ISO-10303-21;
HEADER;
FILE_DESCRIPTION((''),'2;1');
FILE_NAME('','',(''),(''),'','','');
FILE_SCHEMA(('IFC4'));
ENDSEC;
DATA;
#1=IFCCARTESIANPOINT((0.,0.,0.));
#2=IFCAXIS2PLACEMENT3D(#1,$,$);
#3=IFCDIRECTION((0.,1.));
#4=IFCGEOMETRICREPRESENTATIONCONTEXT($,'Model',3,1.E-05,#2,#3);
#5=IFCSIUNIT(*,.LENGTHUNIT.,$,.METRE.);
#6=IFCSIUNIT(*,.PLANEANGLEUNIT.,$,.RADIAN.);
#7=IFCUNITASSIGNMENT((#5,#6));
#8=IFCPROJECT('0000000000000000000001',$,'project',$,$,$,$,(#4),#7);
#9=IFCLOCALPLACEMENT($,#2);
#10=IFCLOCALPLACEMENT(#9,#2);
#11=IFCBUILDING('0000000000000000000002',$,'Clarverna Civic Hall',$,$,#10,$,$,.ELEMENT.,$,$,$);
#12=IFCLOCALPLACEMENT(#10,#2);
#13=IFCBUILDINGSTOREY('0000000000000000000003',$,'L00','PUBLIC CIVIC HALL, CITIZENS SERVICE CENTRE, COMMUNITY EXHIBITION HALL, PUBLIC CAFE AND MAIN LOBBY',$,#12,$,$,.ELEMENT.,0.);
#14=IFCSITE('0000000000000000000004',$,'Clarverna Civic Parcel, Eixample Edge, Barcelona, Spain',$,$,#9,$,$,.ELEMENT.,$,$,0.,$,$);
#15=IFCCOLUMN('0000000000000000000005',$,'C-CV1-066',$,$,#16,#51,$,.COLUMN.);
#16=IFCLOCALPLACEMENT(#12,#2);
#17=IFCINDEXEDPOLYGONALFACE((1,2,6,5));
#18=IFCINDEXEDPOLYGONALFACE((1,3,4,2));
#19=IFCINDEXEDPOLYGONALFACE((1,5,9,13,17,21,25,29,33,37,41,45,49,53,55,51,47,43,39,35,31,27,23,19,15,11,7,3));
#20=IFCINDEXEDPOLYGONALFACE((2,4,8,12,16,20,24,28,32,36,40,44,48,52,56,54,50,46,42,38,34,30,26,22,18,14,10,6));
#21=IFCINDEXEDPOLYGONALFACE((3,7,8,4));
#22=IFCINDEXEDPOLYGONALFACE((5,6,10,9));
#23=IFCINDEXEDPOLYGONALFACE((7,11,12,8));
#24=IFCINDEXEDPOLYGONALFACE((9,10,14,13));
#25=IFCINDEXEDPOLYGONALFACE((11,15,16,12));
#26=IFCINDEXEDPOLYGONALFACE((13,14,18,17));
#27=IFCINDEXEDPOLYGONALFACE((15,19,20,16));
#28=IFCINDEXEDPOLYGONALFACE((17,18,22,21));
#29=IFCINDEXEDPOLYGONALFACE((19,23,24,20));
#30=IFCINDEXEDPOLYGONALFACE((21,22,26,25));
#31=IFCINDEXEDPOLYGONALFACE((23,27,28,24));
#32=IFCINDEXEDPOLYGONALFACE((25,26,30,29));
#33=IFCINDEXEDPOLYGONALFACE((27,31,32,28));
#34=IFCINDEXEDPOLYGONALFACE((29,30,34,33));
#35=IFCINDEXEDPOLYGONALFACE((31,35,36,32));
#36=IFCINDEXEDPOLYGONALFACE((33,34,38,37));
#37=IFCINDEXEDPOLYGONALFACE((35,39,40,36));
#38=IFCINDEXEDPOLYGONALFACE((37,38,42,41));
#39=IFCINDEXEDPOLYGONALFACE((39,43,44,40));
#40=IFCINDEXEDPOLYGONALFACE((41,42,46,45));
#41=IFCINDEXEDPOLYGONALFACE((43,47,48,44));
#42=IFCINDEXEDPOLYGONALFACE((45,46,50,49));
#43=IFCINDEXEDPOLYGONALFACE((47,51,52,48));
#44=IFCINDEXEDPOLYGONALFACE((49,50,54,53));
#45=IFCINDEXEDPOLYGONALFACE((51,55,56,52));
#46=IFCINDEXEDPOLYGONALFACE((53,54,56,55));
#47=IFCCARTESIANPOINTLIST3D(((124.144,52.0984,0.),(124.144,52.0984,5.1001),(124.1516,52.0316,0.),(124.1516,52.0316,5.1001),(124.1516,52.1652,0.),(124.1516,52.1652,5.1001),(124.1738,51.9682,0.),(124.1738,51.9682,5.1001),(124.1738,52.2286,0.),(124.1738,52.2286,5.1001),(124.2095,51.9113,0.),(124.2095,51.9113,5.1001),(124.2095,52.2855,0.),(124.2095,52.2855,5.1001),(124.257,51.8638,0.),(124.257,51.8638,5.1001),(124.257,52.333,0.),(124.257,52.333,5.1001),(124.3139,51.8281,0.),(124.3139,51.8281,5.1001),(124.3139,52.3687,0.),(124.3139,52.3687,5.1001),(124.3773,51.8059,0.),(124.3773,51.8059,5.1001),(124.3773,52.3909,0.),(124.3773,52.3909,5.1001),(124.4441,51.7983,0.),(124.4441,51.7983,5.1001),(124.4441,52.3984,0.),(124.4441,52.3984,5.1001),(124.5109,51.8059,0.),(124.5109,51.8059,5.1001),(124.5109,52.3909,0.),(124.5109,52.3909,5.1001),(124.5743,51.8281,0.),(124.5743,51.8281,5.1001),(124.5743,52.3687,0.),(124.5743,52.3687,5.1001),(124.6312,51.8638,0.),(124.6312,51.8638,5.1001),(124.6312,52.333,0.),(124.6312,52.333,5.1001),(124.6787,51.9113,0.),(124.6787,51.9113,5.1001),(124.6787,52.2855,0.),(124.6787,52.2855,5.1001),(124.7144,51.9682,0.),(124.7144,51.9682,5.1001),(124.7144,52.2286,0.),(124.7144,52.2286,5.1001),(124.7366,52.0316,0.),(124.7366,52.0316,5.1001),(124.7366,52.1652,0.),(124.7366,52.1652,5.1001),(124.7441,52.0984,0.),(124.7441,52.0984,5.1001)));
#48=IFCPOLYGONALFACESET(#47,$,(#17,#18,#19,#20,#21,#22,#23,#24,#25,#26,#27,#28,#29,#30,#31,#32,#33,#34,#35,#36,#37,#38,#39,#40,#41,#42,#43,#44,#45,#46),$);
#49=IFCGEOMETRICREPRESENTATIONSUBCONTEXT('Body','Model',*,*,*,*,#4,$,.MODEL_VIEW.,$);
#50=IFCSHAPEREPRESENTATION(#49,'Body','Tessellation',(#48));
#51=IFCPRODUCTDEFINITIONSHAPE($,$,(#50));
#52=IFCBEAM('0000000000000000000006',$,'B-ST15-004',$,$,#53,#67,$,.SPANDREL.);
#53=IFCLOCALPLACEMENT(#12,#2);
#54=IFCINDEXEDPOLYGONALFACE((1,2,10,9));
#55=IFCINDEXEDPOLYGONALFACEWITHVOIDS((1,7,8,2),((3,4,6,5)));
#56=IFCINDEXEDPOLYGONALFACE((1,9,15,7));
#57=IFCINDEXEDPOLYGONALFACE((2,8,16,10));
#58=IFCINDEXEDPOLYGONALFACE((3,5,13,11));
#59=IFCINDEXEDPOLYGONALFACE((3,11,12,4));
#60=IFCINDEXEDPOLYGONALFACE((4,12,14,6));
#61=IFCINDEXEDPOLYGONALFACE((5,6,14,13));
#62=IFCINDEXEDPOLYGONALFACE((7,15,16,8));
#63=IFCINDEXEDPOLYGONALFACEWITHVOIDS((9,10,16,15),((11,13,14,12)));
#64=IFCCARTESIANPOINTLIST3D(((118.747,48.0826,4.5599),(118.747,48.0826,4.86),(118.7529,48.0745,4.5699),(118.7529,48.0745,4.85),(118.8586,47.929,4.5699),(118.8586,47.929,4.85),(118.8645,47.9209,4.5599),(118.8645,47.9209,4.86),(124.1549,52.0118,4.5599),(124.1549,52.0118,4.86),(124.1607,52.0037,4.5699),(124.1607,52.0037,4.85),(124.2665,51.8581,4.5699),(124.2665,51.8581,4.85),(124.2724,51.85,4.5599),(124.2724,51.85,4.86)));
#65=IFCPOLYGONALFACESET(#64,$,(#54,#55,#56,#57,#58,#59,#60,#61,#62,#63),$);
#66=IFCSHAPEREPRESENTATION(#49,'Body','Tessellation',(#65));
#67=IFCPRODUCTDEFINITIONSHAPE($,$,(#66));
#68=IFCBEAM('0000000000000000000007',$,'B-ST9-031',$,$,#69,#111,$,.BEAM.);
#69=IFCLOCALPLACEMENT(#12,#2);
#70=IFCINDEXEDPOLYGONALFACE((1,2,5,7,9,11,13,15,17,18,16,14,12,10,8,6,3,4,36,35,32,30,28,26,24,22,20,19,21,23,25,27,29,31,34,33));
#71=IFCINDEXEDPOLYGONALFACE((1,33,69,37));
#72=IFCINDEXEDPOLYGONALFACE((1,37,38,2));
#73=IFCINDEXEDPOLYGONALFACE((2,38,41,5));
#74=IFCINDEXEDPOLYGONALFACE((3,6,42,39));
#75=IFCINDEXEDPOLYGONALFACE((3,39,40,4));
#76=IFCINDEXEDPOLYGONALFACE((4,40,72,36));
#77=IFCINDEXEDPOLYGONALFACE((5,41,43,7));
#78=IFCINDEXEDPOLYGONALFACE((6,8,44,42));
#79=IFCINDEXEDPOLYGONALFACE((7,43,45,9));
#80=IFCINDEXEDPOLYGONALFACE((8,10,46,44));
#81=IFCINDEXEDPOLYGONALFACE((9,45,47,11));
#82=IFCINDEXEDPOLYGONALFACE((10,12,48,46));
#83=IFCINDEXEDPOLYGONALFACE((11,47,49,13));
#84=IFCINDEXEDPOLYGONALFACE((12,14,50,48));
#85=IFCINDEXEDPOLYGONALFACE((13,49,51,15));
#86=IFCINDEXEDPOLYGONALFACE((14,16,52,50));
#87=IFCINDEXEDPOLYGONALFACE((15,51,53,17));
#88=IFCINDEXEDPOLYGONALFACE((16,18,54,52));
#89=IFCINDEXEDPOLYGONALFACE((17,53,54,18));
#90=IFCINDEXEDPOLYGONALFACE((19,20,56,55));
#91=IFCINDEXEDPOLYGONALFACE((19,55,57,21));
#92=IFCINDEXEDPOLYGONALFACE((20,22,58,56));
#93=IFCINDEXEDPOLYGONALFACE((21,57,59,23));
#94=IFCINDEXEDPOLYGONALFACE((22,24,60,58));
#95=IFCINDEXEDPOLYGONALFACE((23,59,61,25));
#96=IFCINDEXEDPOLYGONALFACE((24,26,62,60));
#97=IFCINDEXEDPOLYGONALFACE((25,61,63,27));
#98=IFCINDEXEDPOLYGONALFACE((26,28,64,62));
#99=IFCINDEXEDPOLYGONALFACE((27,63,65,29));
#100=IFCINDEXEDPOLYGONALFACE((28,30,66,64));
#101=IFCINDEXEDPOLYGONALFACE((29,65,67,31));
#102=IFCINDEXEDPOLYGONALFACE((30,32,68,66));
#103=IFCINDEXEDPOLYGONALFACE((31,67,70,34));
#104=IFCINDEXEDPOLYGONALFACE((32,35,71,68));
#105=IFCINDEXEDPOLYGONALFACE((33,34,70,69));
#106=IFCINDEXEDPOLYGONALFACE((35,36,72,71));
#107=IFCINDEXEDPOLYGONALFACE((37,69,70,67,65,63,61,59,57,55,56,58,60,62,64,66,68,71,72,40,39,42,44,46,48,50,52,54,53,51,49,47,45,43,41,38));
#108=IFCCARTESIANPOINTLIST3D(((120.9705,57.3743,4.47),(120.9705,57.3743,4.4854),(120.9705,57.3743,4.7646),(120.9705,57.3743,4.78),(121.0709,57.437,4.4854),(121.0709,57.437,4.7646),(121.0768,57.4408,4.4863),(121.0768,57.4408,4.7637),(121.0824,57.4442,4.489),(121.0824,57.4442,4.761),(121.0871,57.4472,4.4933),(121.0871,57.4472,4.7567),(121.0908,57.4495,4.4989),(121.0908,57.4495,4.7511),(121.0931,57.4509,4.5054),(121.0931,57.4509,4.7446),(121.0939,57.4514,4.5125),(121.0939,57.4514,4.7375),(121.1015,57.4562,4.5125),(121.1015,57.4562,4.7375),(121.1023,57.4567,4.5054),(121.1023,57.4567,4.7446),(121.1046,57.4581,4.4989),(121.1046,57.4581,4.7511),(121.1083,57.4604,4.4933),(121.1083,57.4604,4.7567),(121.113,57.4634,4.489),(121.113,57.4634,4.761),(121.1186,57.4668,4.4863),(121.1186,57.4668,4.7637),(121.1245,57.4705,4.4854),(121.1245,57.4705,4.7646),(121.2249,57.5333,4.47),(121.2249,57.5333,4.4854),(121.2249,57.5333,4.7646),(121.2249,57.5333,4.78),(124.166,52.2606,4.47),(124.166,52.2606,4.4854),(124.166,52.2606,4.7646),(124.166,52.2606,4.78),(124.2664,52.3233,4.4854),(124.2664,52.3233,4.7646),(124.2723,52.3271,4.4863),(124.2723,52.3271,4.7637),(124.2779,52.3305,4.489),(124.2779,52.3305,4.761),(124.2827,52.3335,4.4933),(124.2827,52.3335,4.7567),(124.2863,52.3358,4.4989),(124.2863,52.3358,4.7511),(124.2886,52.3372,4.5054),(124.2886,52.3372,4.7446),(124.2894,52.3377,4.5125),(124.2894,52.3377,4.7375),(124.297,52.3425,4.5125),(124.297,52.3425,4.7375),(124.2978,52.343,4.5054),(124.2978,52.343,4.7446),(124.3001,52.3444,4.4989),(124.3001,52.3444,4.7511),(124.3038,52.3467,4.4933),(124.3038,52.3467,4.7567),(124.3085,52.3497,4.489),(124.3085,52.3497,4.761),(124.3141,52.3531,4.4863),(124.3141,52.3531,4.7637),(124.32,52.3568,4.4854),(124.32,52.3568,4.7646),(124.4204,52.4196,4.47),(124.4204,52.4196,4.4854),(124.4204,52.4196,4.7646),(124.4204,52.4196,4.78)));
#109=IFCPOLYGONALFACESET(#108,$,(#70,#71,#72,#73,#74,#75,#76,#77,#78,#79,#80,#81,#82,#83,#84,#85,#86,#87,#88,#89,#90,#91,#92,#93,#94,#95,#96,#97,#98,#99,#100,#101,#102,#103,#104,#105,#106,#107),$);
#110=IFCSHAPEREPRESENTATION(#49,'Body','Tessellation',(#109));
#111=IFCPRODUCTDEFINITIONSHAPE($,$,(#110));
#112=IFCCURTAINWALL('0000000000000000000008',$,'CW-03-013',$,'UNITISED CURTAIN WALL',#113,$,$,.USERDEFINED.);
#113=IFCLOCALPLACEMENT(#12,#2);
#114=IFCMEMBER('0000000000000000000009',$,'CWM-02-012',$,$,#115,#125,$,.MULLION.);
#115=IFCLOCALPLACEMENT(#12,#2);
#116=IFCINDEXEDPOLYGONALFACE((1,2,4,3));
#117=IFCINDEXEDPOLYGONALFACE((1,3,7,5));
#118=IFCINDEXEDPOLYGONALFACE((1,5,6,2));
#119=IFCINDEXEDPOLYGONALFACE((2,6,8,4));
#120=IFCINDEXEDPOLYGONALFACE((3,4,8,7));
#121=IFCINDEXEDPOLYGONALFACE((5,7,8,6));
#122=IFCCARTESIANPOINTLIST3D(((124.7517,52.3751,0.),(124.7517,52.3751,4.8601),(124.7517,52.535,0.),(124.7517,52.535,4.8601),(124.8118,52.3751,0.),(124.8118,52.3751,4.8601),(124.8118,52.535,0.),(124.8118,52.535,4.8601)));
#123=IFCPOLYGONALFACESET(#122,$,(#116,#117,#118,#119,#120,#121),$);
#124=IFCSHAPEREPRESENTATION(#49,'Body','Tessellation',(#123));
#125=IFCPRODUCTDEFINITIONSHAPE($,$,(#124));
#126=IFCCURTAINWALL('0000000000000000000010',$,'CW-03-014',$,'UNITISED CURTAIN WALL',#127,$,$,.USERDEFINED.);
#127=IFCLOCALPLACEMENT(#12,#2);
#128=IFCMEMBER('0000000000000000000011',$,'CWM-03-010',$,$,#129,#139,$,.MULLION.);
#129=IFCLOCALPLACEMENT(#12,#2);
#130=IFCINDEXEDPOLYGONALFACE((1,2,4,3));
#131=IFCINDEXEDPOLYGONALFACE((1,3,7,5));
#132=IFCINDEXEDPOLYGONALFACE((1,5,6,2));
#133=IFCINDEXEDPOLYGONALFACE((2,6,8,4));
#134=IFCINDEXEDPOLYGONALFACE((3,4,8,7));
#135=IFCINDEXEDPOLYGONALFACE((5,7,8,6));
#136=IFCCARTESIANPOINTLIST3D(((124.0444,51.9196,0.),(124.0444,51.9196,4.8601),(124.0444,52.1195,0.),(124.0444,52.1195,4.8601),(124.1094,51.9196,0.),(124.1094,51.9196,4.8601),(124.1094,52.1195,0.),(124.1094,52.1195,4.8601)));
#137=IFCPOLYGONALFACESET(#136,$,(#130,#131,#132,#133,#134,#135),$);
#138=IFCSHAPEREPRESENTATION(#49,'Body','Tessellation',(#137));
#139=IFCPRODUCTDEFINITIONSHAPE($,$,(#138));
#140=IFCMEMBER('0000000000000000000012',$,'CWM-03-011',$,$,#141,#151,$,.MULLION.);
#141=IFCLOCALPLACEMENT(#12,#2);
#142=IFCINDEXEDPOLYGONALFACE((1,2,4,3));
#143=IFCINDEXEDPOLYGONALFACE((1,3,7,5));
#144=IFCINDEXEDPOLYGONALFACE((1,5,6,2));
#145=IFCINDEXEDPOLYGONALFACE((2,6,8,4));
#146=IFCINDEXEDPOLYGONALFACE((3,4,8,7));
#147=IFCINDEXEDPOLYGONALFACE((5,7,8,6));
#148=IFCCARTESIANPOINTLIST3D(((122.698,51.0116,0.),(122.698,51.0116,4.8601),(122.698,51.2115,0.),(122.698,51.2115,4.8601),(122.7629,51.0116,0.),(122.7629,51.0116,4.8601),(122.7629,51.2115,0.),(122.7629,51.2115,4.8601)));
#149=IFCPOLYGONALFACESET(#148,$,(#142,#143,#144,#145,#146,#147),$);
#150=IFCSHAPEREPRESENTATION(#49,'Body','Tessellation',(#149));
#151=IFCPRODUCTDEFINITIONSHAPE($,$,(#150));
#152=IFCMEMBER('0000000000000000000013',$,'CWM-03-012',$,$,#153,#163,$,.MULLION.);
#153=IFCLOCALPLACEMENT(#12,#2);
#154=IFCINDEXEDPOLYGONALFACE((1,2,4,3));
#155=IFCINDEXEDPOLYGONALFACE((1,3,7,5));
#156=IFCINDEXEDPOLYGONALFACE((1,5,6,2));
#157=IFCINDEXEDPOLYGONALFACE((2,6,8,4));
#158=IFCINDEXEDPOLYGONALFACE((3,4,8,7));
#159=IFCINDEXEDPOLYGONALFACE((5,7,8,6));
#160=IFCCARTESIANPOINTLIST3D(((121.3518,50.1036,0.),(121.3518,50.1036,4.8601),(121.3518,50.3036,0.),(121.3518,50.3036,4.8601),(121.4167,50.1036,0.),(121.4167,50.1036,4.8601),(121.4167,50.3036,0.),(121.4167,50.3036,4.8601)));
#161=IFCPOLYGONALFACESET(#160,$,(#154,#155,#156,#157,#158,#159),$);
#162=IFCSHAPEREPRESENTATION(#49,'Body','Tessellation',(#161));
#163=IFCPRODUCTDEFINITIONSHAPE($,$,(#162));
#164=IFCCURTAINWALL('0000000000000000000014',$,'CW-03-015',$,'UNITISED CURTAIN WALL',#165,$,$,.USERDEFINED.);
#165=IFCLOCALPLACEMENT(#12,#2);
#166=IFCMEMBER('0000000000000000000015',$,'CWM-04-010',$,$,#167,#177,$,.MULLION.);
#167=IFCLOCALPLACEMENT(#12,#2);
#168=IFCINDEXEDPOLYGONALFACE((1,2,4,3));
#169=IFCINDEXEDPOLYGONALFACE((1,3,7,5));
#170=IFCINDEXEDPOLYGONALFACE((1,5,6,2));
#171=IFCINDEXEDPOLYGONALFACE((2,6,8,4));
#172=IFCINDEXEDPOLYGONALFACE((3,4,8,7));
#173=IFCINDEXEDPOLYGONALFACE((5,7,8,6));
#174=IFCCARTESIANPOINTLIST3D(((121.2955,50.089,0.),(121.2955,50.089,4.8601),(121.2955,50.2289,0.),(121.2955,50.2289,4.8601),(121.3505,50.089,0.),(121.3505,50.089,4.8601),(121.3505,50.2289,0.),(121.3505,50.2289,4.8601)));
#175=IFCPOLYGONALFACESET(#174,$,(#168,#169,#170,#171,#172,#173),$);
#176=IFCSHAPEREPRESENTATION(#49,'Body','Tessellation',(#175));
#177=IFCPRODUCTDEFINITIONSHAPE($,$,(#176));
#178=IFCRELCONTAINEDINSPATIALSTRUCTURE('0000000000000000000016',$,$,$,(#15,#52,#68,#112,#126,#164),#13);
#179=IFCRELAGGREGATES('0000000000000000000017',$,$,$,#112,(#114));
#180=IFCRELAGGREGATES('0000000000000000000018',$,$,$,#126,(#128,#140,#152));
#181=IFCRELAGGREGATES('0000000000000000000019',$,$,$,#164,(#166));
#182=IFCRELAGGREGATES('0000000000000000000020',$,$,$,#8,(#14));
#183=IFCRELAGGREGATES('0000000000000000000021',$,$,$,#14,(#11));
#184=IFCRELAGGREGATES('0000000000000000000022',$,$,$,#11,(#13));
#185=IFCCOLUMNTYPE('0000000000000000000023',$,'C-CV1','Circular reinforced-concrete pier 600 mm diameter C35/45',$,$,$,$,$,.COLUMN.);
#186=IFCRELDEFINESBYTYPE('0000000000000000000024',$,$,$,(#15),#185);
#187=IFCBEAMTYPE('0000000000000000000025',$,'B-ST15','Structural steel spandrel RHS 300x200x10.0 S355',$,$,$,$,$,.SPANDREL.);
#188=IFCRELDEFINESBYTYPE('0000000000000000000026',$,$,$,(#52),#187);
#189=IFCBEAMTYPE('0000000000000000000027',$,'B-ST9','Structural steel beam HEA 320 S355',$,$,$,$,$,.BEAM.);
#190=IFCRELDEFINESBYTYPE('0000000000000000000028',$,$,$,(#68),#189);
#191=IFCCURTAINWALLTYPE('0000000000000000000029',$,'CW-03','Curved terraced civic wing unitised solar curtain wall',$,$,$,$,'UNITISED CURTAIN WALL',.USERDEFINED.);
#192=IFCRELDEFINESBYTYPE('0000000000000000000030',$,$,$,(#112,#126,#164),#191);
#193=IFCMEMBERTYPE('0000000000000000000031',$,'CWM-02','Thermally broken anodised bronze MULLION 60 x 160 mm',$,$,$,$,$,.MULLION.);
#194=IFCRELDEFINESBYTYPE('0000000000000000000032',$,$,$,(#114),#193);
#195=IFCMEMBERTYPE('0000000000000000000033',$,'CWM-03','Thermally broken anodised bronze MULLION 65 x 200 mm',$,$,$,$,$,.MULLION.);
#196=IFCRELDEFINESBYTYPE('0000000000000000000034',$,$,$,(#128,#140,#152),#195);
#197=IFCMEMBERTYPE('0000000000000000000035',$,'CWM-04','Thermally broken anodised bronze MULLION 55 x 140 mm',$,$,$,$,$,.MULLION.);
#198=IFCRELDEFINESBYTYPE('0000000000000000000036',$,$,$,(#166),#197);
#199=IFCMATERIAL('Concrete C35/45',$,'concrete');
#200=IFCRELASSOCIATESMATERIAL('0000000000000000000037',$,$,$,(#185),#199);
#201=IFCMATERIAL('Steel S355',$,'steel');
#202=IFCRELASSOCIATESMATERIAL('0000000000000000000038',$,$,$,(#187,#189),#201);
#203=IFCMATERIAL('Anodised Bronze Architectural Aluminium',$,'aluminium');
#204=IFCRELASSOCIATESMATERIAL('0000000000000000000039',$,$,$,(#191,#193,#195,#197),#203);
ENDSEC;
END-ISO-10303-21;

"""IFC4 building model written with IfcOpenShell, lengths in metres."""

from ifc_helpers import new_model, si_unit, direction, frame, origin, origin_2d, place, context, subcontext, project, spatial, rectangle, hollow_rectangle, circle, i_section, extrude, material, material_profile, profile_set, type_object, element, aggregate, save


model = new_model("IFC4")

# Units and contexts
model_context = context("Model", 3, precision=1e-05, world=origin(), true_north=direction((0.0, 1.0)))
body_context = subcontext(model_context, "Body", "Model", "MODEL_VIEW")
ifc_project = project(units=[si_unit("LENGTHUNIT", "METRE"), si_unit("PLANEANGLEUNIT", "RADIAN")], contexts=[model_context])

# Site, building, storey
site_placement = place(None, origin())
site = spatial("IfcSite", under=ifc_project, at=site_placement, Name="Clarverna Civic Parcel, Eixample Edge, Barcelona, Spain", CompositionType="ELEMENT", RefElevation=0.0)
building_placement = place(site_placement, origin())
building = spatial("IfcBuilding", under=site, at=building_placement, Name="Clarverna Civic Hall", CompositionType="ELEMENT")
storey_placement = place(building_placement, origin())
storey = spatial("IfcBuildingStorey", under=building, at=storey_placement, Name="L00", Description="PUBLIC CIVIC HALL, CITIZENS SERVICE CENTRE, COMMUNITY EXHIBITION HALL, PUBLIC CAFE AND MAIN LOBBY", CompositionType="ELEMENT", Elevation=0.0)

# Column
ifc_material_1 = material(Name="Concrete C35/45", Category="concrete")
ifc_material_profile_1 = material_profile(ifc_material_1, circle(Radius=0.3, at=origin_2d()), Name="RC D600")
ifc_profile_set_1 = profile_set([ifc_material_profile_1], Name="Concrete C35/45")
column_type = type_object("IfcColumnType", Name="C-CV1", Description="Circular reinforced-concrete pier 600 mm diameter C35/45", PredefinedType="COLUMN", material=ifc_profile_set_1)
column_placement = place(storey_placement, frame((124.4441, 52.0984, 0.0), z_axis=(0.0, 0.0, 1.0), x_axis=(1.0, 0.0, 0.0)))
element("IfcColumn", 1, at=column_placement, inside=storey, type_object=column_type, Name="C-CV1-066", PredefinedType="COLUMN", context=body_context, shape_type="SweptSolid", body=[
    extrude(circle(Radius=0.3, at=origin_2d()), origin(), (0.0, 0.0, 1.0), 5.1001),
])

# Beams
ifc_material_2 = material(Name="Steel S355", Category="steel")
ifc_material_profile_2 = material_profile(ifc_material_2, hollow_rectangle(XDim=0.2, YDim=0.3, WallThickness=0.01, at=origin_2d()), Name="RHS 300x200x10.0")
ifc_profile_set_2 = profile_set([ifc_material_profile_2], Name="Steel S355")
beam_type_1 = type_object("IfcBeamType", Name="B-ST15", Description="Structural steel spandrel RHS 300x200x10.0 S355", PredefinedType="SPANDREL", material=ifc_profile_set_2)
beam_1_placement = place(storey_placement, frame((124.2136, 51.9309, 4.71), z_axis=(-0.809011, -0.587794, 0.0), x_axis=(0.587794, -0.809011, 0.0)))
element("IfcBeam", 2, at=beam_1_placement, inside=storey, type_object=beam_type_1, Name="B-ST15-004", PredefinedType="SPANDREL", context=body_context, shape_type="SweptSolid", body=[
    extrude(hollow_rectangle(XDim=0.2, YDim=0.3, WallThickness=0.01, at=origin_2d()), origin(), (0.0, 0.0, 1.0), 6.6846),
])
ifc_material_profile_3 = material_profile(ifc_material_2, i_section(OverallWidth=0.3, OverallDepth=0.3101, WebThickness=0.009, FlangeThickness=0.0154, FilletRadius=0.0271, at=origin_2d()), Name="HEA 320")
ifc_profile_set_3 = profile_set([ifc_material_profile_3], Name="Steel S355")
beam_type_2 = type_object("IfcBeamType", Name="B-ST9", Description="Structural steel beam HEA 320 S355", PredefinedType="BEAM", material=ifc_profile_set_3)
beam_2_placement = place(storey_placement, frame((124.2932, 52.3401, 4.625), z_axis=(-0.529933, 0.848039, 0.0), x_axis=(-0.848039, -0.529933, 0.0)))
element("IfcBeam", 3, at=beam_2_placement, inside=storey, type_object=beam_type_2, Name="B-ST9-031", PredefinedType="BEAM", context=body_context, shape_type="SweptSolid", body=[
    extrude(i_section(OverallWidth=0.3, OverallDepth=0.3101, WebThickness=0.009, FlangeThickness=0.0154, FilletRadius=0.0271, at=origin_2d()), origin(), (0.0, 0.0, 1.0), 6.03),
])

# Curtain wall, member
ifc_material_3 = material(Name="Anodised Bronze Architectural Aluminium", Category="aluminium")
curtain_wall_type = type_object("IfcCurtainWallType", Name="CW-03", Description="Curved terraced civic wing unitised solar curtain wall", ElementType="UNITISED CURTAIN WALL", PredefinedType="USERDEFINED", material=ifc_material_3)
curtain_wall_1_placement = place(storey_placement, origin())
curtain_wall_1 = element("IfcCurtainWall", 4, at=curtain_wall_1_placement, inside=storey, type_object=curtain_wall_type, Name="CW-03-013", ObjectType="UNITISED CURTAIN WALL", PredefinedType="USERDEFINED")
ifc_material_profile_4 = material_profile(ifc_material_3, rectangle(XDim=0.0601, YDim=0.1599, at=origin_2d()), Name="BRONZE 60x160")
ifc_profile_set_4 = profile_set([ifc_material_profile_4], Name="Anodised Bronze Architectural Aluminium")
member_type_1 = type_object("IfcMemberType", Name="CWM-02", Description="Thermally broken anodised bronze MULLION 60 x 160 mm", PredefinedType="MULLION", material=ifc_profile_set_4)
member_1_placement = place(storey_placement, frame((124.7817, 52.4551, 0.0), z_axis=(0.0, 0.0, 1.0), x_axis=(1.0, 0.0, 0.0)))
member_1 = element("IfcMember", 5, at=member_1_placement, type_object=member_type_1, Name="CWM-02-012", PredefinedType="MULLION", context=body_context, shape_type="SweptSolid", body=[
    extrude(rectangle(XDim=0.0601, YDim=0.1599, at=origin_2d()), origin(), (0.0, 0.0, 1.0), 4.8601),
])

# Curtain wall, members
curtain_wall_2_placement = place(storey_placement, origin())
curtain_wall_2 = element("IfcCurtainWall", 6, at=curtain_wall_2_placement, inside=storey, type_object=curtain_wall_type, Name="CW-03-014", ObjectType="UNITISED CURTAIN WALL", PredefinedType="USERDEFINED")
ifc_material_profile_5 = material_profile(ifc_material_3, rectangle(XDim=0.0649, YDim=0.2, at=origin_2d()), Name="BRONZE 65x200")
ifc_profile_set_5 = profile_set([ifc_material_profile_5], Name="Anodised Bronze Architectural Aluminium")
member_type_2 = type_object("IfcMemberType", Name="CWM-03", Description="Thermally broken anodised bronze MULLION 65 x 200 mm", PredefinedType="MULLION", material=ifc_profile_set_5)
member_2_placement = place(storey_placement, frame((124.0769, 52.0195, 0.0), z_axis=(0.0, 0.0, 1.0), x_axis=(1.0, 0.0, 0.0)))
member_2 = element("IfcMember", 7, at=member_2_placement, type_object=member_type_2, Name="CWM-03-010", PredefinedType="MULLION", context=body_context, shape_type="SweptSolid", body=[
    extrude(rectangle(XDim=0.0649, YDim=0.2, at=origin_2d()), origin(), (0.0, 0.0, 1.0), 4.8601),
])
member_3_placement = place(storey_placement, frame((122.7305, 51.1116, 0.0), z_axis=(0.0, 0.0, 1.0), x_axis=(1.0, 0.0, 0.0)))
member_3 = element("IfcMember", 8, at=member_3_placement, type_object=member_type_2, Name="CWM-03-011", PredefinedType="MULLION", context=body_context, shape_type="SweptSolid", body=[
    extrude(rectangle(XDim=0.0649, YDim=0.2, at=origin_2d()), origin(), (0.0, 0.0, 1.0), 4.8601),
])
member_4_placement = place(storey_placement, frame((121.3843, 50.2036, 0.0), z_axis=(0.0, 0.0, 1.0), x_axis=(1.0, 0.0, 0.0)))
member_4 = element("IfcMember", 9, at=member_4_placement, type_object=member_type_2, Name="CWM-03-012", PredefinedType="MULLION", context=body_context, shape_type="SweptSolid", body=[
    extrude(rectangle(XDim=0.0649, YDim=0.2, at=origin_2d()), origin(), (0.0, 0.0, 1.0), 4.8601),
])

# Curtain wall, member
curtain_wall_3_placement = place(storey_placement, origin())
curtain_wall_3 = element("IfcCurtainWall", 10, at=curtain_wall_3_placement, inside=storey, type_object=curtain_wall_type, Name="CW-03-015", ObjectType="UNITISED CURTAIN WALL", PredefinedType="USERDEFINED")
ifc_material_profile_6 = material_profile(ifc_material_3, rectangle(XDim=0.0549, YDim=0.1399, at=origin_2d()), Name="BRONZE 55x140")
ifc_profile_set_6 = profile_set([ifc_material_profile_6], Name="Anodised Bronze Architectural Aluminium")
member_type_3 = type_object("IfcMemberType", Name="CWM-04", Description="Thermally broken anodised bronze MULLION 55 x 140 mm", PredefinedType="MULLION", material=ifc_profile_set_6)
member_5_placement = place(storey_placement, frame((121.323, 50.1589, 0.0), z_axis=(0.0, 0.0, 1.0), x_axis=(1.0, 0.0, 0.0)))
member_5 = element("IfcMember", 11, at=member_5_placement, type_object=member_type_3, Name="CWM-04-010", PredefinedType="MULLION", context=body_context, shape_type="SweptSolid", body=[
    extrude(rectangle(XDim=0.0549, YDim=0.1399, at=origin_2d()), origin(), (0.0, 0.0, 1.0), 4.8601),
])

aggregate(curtain_wall_1, [member_1])

aggregate(curtain_wall_2, [member_2, member_3, member_4])
aggregate(curtain_wall_3, [member_5])

save(model, "model.ifc")
